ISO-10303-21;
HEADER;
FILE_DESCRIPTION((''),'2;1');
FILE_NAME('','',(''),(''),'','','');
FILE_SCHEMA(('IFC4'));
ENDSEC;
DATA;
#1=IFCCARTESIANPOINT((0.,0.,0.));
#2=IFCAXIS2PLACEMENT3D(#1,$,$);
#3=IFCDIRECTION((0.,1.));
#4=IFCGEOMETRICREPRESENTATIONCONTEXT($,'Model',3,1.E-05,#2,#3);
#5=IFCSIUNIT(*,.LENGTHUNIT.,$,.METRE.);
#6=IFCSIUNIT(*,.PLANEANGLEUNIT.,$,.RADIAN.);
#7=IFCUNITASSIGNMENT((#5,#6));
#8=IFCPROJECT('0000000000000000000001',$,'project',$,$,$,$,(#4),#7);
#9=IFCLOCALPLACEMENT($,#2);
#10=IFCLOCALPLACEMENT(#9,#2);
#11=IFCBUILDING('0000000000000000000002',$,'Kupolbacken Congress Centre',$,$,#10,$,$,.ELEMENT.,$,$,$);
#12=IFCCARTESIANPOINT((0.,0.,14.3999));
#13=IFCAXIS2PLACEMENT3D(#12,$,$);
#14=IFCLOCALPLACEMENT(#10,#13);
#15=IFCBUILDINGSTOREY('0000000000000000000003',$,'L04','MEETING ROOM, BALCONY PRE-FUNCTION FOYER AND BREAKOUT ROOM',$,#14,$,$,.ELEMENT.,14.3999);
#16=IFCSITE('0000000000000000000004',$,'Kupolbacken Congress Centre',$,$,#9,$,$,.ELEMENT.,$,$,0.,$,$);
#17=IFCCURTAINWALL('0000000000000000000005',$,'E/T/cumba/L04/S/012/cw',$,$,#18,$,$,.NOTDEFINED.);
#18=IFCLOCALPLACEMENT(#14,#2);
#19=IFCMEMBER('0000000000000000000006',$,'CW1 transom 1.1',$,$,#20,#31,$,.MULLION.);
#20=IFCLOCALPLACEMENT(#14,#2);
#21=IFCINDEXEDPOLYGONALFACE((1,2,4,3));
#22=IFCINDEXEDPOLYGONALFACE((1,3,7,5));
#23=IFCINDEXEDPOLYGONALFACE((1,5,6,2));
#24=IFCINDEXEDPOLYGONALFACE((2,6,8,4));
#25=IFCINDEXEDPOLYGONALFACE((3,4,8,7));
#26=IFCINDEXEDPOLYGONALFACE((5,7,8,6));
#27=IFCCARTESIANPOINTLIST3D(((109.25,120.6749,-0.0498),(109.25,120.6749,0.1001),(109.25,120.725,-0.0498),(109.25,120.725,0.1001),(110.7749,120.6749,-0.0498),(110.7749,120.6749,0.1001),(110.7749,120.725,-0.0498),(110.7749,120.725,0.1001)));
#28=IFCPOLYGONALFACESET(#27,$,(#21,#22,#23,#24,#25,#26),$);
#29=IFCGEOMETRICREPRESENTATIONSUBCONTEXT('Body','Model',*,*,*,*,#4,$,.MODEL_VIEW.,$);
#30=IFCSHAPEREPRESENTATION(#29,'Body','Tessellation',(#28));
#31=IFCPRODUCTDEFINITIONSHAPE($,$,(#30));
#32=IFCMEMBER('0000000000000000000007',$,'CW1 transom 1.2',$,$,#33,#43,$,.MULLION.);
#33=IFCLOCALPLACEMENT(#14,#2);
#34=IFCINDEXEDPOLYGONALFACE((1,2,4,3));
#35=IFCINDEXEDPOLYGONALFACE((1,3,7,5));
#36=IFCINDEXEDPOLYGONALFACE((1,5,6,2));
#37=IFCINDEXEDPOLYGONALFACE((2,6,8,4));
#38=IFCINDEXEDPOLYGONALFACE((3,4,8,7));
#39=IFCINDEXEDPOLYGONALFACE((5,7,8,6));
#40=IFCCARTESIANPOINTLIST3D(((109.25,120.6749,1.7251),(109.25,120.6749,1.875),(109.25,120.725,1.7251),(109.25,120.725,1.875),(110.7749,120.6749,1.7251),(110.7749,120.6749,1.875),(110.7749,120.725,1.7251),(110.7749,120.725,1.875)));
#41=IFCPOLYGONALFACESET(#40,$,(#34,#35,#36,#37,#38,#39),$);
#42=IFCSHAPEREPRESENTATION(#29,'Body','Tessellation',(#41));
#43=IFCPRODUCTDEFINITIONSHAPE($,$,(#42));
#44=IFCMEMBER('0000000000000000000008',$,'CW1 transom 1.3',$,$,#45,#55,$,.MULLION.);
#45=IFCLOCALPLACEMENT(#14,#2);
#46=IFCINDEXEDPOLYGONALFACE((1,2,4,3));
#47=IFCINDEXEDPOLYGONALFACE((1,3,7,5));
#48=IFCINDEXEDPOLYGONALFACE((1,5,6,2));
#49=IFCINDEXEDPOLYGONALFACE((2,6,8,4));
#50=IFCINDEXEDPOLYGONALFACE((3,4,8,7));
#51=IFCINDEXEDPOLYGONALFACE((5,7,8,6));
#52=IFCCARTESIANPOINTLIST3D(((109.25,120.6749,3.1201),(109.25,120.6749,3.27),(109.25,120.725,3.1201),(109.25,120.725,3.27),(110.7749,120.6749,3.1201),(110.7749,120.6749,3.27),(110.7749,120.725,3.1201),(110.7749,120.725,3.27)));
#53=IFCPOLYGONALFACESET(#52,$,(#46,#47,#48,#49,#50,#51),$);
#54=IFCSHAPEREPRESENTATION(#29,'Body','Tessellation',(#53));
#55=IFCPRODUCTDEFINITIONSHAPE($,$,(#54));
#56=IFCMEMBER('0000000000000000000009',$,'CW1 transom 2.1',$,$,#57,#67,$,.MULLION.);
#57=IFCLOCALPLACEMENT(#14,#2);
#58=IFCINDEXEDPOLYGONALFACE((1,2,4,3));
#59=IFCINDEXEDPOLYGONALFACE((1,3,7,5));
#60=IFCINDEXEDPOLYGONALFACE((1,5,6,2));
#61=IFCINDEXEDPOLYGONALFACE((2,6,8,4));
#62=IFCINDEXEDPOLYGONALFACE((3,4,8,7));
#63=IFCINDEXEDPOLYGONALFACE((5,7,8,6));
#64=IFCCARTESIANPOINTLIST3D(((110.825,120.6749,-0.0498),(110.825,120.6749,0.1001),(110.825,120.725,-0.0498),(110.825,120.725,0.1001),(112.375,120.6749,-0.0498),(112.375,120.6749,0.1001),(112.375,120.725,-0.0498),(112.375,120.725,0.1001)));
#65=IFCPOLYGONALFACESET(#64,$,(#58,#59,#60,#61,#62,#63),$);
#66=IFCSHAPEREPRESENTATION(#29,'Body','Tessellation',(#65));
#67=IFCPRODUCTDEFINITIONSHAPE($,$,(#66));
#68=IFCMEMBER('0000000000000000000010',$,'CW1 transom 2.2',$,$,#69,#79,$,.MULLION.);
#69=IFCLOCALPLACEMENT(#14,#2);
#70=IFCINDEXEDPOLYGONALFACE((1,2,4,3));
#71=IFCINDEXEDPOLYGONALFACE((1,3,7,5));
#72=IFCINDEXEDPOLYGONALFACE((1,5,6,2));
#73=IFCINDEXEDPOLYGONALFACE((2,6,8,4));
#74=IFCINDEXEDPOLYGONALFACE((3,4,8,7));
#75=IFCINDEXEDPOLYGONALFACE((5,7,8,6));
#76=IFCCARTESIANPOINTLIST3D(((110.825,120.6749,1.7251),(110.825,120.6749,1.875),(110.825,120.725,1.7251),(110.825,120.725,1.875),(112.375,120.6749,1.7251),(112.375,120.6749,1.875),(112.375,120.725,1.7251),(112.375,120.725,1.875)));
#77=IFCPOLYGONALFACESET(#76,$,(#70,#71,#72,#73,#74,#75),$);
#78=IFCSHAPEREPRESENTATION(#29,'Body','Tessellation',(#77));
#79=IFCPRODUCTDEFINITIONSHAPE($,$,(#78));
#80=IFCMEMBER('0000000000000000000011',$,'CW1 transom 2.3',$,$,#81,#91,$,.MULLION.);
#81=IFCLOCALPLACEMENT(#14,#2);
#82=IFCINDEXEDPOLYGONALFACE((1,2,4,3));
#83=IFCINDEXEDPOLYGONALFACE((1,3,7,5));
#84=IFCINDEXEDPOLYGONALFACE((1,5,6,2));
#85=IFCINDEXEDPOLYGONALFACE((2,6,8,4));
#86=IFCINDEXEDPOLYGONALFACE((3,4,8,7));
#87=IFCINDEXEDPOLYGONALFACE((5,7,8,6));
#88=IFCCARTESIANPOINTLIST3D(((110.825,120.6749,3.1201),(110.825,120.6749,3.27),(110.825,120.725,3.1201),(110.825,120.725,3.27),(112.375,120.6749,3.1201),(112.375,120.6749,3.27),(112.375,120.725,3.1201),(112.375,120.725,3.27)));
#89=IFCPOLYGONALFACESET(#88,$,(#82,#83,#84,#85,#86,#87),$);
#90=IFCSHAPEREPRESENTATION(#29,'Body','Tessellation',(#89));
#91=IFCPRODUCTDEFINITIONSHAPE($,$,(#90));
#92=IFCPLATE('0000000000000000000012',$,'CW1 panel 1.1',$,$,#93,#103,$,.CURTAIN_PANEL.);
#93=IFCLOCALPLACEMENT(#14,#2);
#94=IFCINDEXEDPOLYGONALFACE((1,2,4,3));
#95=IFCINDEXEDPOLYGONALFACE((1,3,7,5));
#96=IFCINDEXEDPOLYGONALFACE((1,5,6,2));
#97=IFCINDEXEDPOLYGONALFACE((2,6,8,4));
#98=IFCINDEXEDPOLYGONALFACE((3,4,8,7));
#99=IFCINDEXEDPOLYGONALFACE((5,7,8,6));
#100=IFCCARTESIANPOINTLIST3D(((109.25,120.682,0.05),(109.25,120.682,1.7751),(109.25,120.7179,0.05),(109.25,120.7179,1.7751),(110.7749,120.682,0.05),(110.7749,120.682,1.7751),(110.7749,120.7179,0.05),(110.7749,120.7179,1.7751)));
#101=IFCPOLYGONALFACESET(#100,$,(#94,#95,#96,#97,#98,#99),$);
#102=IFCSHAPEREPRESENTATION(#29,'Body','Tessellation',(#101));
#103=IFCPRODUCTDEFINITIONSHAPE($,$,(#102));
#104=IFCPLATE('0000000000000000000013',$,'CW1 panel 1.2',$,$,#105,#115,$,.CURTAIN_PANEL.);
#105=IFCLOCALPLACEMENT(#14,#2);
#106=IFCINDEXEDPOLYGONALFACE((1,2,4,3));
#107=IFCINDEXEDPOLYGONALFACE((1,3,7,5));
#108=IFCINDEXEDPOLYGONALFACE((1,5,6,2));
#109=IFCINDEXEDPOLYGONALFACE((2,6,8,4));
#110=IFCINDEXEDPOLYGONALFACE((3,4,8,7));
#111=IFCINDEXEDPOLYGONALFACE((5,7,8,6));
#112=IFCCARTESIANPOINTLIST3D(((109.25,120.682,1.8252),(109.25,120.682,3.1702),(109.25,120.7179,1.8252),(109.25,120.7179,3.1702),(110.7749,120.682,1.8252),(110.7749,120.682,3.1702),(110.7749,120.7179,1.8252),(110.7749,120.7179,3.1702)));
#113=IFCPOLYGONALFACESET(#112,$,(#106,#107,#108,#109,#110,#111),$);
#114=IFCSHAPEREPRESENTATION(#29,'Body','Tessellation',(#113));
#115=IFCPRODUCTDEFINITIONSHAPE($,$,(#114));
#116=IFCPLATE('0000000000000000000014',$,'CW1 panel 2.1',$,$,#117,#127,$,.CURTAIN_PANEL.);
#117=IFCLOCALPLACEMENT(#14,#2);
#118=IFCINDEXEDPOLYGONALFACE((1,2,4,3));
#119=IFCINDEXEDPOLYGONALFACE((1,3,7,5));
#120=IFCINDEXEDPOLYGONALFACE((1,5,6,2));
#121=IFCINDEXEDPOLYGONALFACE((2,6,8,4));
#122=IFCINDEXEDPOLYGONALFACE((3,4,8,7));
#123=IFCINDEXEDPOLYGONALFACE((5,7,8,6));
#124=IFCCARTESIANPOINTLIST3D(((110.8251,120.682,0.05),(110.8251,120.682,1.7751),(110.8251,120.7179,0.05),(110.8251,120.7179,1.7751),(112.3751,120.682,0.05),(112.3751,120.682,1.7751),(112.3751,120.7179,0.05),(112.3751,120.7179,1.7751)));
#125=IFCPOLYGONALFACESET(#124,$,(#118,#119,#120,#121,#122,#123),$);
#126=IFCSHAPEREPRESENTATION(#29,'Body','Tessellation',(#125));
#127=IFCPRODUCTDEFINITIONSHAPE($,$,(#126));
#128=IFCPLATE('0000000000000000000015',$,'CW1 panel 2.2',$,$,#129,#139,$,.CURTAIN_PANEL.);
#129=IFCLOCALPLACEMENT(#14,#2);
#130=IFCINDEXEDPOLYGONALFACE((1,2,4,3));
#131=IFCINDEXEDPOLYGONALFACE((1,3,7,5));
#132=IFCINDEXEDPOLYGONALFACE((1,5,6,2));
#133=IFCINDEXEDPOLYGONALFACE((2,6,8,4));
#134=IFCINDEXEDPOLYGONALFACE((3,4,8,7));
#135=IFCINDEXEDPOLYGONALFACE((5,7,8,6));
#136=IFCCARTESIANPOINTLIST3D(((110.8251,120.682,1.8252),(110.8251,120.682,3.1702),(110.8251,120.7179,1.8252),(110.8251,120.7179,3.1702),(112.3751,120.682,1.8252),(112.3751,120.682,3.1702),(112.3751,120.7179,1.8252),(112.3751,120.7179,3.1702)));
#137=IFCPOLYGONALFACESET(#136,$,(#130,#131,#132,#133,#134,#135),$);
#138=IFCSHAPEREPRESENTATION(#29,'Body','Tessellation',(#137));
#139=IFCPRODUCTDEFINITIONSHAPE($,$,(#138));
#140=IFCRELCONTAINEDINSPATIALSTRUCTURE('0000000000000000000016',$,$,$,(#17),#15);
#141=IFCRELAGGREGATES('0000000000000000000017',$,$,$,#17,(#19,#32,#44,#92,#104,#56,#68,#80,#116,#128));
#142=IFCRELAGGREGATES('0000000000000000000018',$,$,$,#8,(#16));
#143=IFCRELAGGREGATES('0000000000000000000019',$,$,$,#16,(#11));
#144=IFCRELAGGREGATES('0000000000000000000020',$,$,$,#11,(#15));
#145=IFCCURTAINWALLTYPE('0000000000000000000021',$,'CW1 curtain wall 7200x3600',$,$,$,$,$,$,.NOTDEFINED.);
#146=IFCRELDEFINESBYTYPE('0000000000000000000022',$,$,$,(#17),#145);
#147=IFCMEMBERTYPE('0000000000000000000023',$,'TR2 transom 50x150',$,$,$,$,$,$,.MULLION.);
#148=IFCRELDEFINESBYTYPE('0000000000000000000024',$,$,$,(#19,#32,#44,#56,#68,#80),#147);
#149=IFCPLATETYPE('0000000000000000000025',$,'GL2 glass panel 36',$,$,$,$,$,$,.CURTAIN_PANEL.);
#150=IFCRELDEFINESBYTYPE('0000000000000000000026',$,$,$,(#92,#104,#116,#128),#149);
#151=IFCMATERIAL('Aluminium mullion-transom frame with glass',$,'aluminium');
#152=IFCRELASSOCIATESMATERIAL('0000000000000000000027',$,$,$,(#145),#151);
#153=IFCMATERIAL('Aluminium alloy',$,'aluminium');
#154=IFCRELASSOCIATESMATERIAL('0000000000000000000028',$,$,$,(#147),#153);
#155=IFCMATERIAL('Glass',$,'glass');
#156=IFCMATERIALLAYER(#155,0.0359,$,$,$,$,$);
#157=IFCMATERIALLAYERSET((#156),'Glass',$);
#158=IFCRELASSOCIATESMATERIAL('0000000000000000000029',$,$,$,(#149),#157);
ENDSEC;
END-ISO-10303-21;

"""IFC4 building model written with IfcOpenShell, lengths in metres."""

from ifc_helpers import new_model, si_unit, direction, frame, origin, origin_2d, place, context, subcontext, project, spatial, rectangle, extrude, material, layer, layer_set, material_profile, profile_set, type_object, element, aggregate, save


model = new_model("IFC4")

# Units and contexts
model_context = context("Model", 3, precision=1e-05, world=origin(), true_north=direction((0.0, 1.0)))
body_context = subcontext(model_context, "Body", "Model", "MODEL_VIEW")
ifc_project = project(units=[si_unit("LENGTHUNIT", "METRE"), si_unit("PLANEANGLEUNIT", "RADIAN")], contexts=[model_context])

# Site, building, storey
site_placement = place(None, origin())
site = spatial("IfcSite", under=ifc_project, at=site_placement, Name="Kupolbacken Congress Centre", CompositionType="ELEMENT", RefElevation=0.0)
building_placement = place(site_placement, origin())
building = spatial("IfcBuilding", under=site, at=building_placement, Name="Kupolbacken Congress Centre", CompositionType="ELEMENT")
storey_placement = place(building_placement, frame((0.0, 0.0, 14.3999)))
storey = spatial("IfcBuildingStorey", under=building, at=storey_placement, Name="L04", Description="MEETING ROOM, BALCONY PRE-FUNCTION FOYER AND BREAKOUT ROOM", CompositionType="ELEMENT", Elevation=14.3999)

# Curtain wall, members, plates
ifc_material_1 = material(Name="Aluminium mullion-transom frame with glass", Category="aluminium")
curtain_wall_type = type_object("IfcCurtainWallType", Name="CW1 curtain wall 7200x3600", PredefinedType="NOTDEFINED", material=ifc_material_1)
curtain_wall_placement = place(storey_placement, origin())
curtain_wall = element("IfcCurtainWall", 1, at=curtain_wall_placement, inside=storey, type_object=curtain_wall_type, Name="E/T/cumba/L04/S/012/cw", PredefinedType="NOTDEFINED")
ifc_material_2 = material(Name="Aluminium alloy", Category="aluminium")
ifc_material_profile_1 = material_profile(ifc_material_2, rectangle(XDim=0.05, YDim=0.1499, at=origin_2d()), Name="50 x 150")
ifc_profile_set_1 = profile_set([ifc_material_profile_1], Name="Aluminium alloy")
member_type_1 = type_object("IfcMemberType", Name="TR2 transom 50x150", PredefinedType="MULLION", material=ifc_profile_set_1)
member_1_placement = place(storey_placement, frame((109.25, 120.7, 0.0251), z_axis=(1.0, 0.0, 0.0), x_axis=(0.0, 1.0, 0.0)))
member_1 = element("IfcMember", 2, at=member_1_placement, type_object=member_type_1, Name="CW1 transom 1.1", PredefinedType="MULLION", context=body_context, shape_type="SweptSolid", body=[
    extrude(rectangle(XDim=0.05, YDim=0.1499, at=origin_2d()), origin(), (0.0, 0.0, 1.0), 1.5249),
])
member_2_placement = place(storey_placement, frame((109.25, 120.7, 1.8), z_axis=(1.0, 0.0, 0.0), x_axis=(0.0, 1.0, 0.0)))
member_2 = element("IfcMember", 3, at=member_2_placement, type_object=member_type_1, Name="CW1 transom 1.2", PredefinedType="MULLION", context=body_context, shape_type="SweptSolid", body=[
    extrude(rectangle(XDim=0.05, YDim=0.1499, at=origin_2d()), origin(), (0.0, 0.0, 1.0), 1.5249),
])
member_3_placement = place(storey_placement, frame((109.25, 120.7, 3.1951), z_axis=(1.0, 0.0, 0.0), x_axis=(0.0, 1.0, 0.0)))
member_3 = element("IfcMember", 4, at=member_3_placement, type_object=member_type_1, Name="CW1 transom 1.3", PredefinedType="MULLION", context=body_context, shape_type="SweptSolid", body=[
    extrude(rectangle(XDim=0.05, YDim=0.1499, at=origin_2d()), origin(), (0.0, 0.0, 1.0), 1.5249),
])
member_4_placement = place(storey_placement, frame((110.825, 120.7, 0.0251), z_axis=(1.0, 0.0, 0.0), x_axis=(0.0, 1.0, 0.0)))
member_4 = element("IfcMember", 5, at=member_4_placement, type_object=member_type_1, Name="CW1 transom 2.1", PredefinedType="MULLION", context=body_context, shape_type="SweptSolid", body=[
    extrude(rectangle(XDim=0.05, YDim=0.1499, at=origin_2d()), origin(), (0.0, 0.0, 1.0), 1.55),
])
member_5_placement = place(storey_placement, frame((110.825, 120.7, 1.8), z_axis=(1.0, 0.0, 0.0), x_axis=(0.0, 1.0, 0.0)))
member_5 = element("IfcMember", 6, at=member_5_placement, type_object=member_type_1, Name="CW1 transom 2.2", PredefinedType="MULLION", context=body_context, shape_type="SweptSolid", body=[
    extrude(rectangle(XDim=0.05, YDim=0.1499, at=origin_2d()), origin(), (0.0, 0.0, 1.0), 1.55),
])
member_6_placement = place(storey_placement, frame((110.825, 120.7, 3.1951), z_axis=(1.0, 0.0, 0.0), x_axis=(0.0, 1.0, 0.0)))
member_6 = element("IfcMember", 7, at=member_6_placement, type_object=member_type_1, Name="CW1 transom 2.3", PredefinedType="MULLION", context=body_context, shape_type="SweptSolid", body=[
    extrude(rectangle(XDim=0.05, YDim=0.1499, at=origin_2d()), origin(), (0.0, 0.0, 1.0), 1.55),
])
ifc_material_3 = material(Name="Glass", Category="glass")
ifc_layer = layer(ifc_material_3, 0.0359)
ifc_layer_set = layer_set([ifc_layer], Name="Glass")
plate_type = type_object("IfcPlateType", Name="GL2 glass panel 36", PredefinedType="CURTAIN_PANEL", material=ifc_layer_set)
plate_1_placement = place(storey_placement, frame((110.0125, 120.7, 0.05), z_axis=(0.0, 0.0, 1.0), x_axis=(1.0, 0.0, 0.0)))
plate_1 = element("IfcPlate", 8, at=plate_1_placement, type_object=plate_type, Name="CW1 panel 1.1", PredefinedType="CURTAIN_PANEL", context=body_context, shape_type="SweptSolid", body=[
    extrude(rectangle(XDim=1.5249, YDim=0.0359, at=origin_2d()), origin(), (0.0, 0.0, 1.0), 1.7251),
])
plate_2_placement = place(storey_placement, frame((110.0125, 120.7, 1.8252), z_axis=(0.0, 0.0, 1.0), x_axis=(1.0, 0.0, 0.0)))
plate_2 = element("IfcPlate", 9, at=plate_2_placement, type_object=plate_type, Name="CW1 panel 1.2", PredefinedType="CURTAIN_PANEL", context=body_context, shape_type="SweptSolid", body=[
    extrude(rectangle(XDim=1.5249, YDim=0.0359, at=origin_2d()), origin(), (0.0, 0.0, 1.0), 1.345),
])
plate_3_placement = place(storey_placement, frame((111.6001, 120.7, 0.05), z_axis=(0.0, 0.0, 1.0), x_axis=(1.0, 0.0, 0.0)))
plate_3 = element("IfcPlate", 10, at=plate_3_placement, type_object=plate_type, Name="CW1 panel 2.1", PredefinedType="CURTAIN_PANEL", context=body_context, shape_type="SweptSolid", body=[
    extrude(rectangle(XDim=1.55, YDim=0.0359, at=origin_2d()), origin(), (0.0, 0.0, 1.0), 1.7251),
])
plate_4_placement = place(storey_placement, frame((111.6001, 120.7, 1.8252), z_axis=(0.0, 0.0, 1.0), x_axis=(1.0, 0.0, 0.0)))
plate_4 = element("IfcPlate", 11, at=plate_4_placement, type_object=plate_type, Name="CW1 panel 2.2", PredefinedType="CURTAIN_PANEL", context=body_context, shape_type="SweptSolid", body=[
    extrude(rectangle(XDim=1.55, YDim=0.0359, at=origin_2d()), origin(), (0.0, 0.0, 1.0), 1.345),
])
aggregate(curtain_wall, [member_1, member_2, member_3, plate_1, plate_2, member_4, member_5, member_6, plate_3, plate_4])

save(model, "model.ifc")
